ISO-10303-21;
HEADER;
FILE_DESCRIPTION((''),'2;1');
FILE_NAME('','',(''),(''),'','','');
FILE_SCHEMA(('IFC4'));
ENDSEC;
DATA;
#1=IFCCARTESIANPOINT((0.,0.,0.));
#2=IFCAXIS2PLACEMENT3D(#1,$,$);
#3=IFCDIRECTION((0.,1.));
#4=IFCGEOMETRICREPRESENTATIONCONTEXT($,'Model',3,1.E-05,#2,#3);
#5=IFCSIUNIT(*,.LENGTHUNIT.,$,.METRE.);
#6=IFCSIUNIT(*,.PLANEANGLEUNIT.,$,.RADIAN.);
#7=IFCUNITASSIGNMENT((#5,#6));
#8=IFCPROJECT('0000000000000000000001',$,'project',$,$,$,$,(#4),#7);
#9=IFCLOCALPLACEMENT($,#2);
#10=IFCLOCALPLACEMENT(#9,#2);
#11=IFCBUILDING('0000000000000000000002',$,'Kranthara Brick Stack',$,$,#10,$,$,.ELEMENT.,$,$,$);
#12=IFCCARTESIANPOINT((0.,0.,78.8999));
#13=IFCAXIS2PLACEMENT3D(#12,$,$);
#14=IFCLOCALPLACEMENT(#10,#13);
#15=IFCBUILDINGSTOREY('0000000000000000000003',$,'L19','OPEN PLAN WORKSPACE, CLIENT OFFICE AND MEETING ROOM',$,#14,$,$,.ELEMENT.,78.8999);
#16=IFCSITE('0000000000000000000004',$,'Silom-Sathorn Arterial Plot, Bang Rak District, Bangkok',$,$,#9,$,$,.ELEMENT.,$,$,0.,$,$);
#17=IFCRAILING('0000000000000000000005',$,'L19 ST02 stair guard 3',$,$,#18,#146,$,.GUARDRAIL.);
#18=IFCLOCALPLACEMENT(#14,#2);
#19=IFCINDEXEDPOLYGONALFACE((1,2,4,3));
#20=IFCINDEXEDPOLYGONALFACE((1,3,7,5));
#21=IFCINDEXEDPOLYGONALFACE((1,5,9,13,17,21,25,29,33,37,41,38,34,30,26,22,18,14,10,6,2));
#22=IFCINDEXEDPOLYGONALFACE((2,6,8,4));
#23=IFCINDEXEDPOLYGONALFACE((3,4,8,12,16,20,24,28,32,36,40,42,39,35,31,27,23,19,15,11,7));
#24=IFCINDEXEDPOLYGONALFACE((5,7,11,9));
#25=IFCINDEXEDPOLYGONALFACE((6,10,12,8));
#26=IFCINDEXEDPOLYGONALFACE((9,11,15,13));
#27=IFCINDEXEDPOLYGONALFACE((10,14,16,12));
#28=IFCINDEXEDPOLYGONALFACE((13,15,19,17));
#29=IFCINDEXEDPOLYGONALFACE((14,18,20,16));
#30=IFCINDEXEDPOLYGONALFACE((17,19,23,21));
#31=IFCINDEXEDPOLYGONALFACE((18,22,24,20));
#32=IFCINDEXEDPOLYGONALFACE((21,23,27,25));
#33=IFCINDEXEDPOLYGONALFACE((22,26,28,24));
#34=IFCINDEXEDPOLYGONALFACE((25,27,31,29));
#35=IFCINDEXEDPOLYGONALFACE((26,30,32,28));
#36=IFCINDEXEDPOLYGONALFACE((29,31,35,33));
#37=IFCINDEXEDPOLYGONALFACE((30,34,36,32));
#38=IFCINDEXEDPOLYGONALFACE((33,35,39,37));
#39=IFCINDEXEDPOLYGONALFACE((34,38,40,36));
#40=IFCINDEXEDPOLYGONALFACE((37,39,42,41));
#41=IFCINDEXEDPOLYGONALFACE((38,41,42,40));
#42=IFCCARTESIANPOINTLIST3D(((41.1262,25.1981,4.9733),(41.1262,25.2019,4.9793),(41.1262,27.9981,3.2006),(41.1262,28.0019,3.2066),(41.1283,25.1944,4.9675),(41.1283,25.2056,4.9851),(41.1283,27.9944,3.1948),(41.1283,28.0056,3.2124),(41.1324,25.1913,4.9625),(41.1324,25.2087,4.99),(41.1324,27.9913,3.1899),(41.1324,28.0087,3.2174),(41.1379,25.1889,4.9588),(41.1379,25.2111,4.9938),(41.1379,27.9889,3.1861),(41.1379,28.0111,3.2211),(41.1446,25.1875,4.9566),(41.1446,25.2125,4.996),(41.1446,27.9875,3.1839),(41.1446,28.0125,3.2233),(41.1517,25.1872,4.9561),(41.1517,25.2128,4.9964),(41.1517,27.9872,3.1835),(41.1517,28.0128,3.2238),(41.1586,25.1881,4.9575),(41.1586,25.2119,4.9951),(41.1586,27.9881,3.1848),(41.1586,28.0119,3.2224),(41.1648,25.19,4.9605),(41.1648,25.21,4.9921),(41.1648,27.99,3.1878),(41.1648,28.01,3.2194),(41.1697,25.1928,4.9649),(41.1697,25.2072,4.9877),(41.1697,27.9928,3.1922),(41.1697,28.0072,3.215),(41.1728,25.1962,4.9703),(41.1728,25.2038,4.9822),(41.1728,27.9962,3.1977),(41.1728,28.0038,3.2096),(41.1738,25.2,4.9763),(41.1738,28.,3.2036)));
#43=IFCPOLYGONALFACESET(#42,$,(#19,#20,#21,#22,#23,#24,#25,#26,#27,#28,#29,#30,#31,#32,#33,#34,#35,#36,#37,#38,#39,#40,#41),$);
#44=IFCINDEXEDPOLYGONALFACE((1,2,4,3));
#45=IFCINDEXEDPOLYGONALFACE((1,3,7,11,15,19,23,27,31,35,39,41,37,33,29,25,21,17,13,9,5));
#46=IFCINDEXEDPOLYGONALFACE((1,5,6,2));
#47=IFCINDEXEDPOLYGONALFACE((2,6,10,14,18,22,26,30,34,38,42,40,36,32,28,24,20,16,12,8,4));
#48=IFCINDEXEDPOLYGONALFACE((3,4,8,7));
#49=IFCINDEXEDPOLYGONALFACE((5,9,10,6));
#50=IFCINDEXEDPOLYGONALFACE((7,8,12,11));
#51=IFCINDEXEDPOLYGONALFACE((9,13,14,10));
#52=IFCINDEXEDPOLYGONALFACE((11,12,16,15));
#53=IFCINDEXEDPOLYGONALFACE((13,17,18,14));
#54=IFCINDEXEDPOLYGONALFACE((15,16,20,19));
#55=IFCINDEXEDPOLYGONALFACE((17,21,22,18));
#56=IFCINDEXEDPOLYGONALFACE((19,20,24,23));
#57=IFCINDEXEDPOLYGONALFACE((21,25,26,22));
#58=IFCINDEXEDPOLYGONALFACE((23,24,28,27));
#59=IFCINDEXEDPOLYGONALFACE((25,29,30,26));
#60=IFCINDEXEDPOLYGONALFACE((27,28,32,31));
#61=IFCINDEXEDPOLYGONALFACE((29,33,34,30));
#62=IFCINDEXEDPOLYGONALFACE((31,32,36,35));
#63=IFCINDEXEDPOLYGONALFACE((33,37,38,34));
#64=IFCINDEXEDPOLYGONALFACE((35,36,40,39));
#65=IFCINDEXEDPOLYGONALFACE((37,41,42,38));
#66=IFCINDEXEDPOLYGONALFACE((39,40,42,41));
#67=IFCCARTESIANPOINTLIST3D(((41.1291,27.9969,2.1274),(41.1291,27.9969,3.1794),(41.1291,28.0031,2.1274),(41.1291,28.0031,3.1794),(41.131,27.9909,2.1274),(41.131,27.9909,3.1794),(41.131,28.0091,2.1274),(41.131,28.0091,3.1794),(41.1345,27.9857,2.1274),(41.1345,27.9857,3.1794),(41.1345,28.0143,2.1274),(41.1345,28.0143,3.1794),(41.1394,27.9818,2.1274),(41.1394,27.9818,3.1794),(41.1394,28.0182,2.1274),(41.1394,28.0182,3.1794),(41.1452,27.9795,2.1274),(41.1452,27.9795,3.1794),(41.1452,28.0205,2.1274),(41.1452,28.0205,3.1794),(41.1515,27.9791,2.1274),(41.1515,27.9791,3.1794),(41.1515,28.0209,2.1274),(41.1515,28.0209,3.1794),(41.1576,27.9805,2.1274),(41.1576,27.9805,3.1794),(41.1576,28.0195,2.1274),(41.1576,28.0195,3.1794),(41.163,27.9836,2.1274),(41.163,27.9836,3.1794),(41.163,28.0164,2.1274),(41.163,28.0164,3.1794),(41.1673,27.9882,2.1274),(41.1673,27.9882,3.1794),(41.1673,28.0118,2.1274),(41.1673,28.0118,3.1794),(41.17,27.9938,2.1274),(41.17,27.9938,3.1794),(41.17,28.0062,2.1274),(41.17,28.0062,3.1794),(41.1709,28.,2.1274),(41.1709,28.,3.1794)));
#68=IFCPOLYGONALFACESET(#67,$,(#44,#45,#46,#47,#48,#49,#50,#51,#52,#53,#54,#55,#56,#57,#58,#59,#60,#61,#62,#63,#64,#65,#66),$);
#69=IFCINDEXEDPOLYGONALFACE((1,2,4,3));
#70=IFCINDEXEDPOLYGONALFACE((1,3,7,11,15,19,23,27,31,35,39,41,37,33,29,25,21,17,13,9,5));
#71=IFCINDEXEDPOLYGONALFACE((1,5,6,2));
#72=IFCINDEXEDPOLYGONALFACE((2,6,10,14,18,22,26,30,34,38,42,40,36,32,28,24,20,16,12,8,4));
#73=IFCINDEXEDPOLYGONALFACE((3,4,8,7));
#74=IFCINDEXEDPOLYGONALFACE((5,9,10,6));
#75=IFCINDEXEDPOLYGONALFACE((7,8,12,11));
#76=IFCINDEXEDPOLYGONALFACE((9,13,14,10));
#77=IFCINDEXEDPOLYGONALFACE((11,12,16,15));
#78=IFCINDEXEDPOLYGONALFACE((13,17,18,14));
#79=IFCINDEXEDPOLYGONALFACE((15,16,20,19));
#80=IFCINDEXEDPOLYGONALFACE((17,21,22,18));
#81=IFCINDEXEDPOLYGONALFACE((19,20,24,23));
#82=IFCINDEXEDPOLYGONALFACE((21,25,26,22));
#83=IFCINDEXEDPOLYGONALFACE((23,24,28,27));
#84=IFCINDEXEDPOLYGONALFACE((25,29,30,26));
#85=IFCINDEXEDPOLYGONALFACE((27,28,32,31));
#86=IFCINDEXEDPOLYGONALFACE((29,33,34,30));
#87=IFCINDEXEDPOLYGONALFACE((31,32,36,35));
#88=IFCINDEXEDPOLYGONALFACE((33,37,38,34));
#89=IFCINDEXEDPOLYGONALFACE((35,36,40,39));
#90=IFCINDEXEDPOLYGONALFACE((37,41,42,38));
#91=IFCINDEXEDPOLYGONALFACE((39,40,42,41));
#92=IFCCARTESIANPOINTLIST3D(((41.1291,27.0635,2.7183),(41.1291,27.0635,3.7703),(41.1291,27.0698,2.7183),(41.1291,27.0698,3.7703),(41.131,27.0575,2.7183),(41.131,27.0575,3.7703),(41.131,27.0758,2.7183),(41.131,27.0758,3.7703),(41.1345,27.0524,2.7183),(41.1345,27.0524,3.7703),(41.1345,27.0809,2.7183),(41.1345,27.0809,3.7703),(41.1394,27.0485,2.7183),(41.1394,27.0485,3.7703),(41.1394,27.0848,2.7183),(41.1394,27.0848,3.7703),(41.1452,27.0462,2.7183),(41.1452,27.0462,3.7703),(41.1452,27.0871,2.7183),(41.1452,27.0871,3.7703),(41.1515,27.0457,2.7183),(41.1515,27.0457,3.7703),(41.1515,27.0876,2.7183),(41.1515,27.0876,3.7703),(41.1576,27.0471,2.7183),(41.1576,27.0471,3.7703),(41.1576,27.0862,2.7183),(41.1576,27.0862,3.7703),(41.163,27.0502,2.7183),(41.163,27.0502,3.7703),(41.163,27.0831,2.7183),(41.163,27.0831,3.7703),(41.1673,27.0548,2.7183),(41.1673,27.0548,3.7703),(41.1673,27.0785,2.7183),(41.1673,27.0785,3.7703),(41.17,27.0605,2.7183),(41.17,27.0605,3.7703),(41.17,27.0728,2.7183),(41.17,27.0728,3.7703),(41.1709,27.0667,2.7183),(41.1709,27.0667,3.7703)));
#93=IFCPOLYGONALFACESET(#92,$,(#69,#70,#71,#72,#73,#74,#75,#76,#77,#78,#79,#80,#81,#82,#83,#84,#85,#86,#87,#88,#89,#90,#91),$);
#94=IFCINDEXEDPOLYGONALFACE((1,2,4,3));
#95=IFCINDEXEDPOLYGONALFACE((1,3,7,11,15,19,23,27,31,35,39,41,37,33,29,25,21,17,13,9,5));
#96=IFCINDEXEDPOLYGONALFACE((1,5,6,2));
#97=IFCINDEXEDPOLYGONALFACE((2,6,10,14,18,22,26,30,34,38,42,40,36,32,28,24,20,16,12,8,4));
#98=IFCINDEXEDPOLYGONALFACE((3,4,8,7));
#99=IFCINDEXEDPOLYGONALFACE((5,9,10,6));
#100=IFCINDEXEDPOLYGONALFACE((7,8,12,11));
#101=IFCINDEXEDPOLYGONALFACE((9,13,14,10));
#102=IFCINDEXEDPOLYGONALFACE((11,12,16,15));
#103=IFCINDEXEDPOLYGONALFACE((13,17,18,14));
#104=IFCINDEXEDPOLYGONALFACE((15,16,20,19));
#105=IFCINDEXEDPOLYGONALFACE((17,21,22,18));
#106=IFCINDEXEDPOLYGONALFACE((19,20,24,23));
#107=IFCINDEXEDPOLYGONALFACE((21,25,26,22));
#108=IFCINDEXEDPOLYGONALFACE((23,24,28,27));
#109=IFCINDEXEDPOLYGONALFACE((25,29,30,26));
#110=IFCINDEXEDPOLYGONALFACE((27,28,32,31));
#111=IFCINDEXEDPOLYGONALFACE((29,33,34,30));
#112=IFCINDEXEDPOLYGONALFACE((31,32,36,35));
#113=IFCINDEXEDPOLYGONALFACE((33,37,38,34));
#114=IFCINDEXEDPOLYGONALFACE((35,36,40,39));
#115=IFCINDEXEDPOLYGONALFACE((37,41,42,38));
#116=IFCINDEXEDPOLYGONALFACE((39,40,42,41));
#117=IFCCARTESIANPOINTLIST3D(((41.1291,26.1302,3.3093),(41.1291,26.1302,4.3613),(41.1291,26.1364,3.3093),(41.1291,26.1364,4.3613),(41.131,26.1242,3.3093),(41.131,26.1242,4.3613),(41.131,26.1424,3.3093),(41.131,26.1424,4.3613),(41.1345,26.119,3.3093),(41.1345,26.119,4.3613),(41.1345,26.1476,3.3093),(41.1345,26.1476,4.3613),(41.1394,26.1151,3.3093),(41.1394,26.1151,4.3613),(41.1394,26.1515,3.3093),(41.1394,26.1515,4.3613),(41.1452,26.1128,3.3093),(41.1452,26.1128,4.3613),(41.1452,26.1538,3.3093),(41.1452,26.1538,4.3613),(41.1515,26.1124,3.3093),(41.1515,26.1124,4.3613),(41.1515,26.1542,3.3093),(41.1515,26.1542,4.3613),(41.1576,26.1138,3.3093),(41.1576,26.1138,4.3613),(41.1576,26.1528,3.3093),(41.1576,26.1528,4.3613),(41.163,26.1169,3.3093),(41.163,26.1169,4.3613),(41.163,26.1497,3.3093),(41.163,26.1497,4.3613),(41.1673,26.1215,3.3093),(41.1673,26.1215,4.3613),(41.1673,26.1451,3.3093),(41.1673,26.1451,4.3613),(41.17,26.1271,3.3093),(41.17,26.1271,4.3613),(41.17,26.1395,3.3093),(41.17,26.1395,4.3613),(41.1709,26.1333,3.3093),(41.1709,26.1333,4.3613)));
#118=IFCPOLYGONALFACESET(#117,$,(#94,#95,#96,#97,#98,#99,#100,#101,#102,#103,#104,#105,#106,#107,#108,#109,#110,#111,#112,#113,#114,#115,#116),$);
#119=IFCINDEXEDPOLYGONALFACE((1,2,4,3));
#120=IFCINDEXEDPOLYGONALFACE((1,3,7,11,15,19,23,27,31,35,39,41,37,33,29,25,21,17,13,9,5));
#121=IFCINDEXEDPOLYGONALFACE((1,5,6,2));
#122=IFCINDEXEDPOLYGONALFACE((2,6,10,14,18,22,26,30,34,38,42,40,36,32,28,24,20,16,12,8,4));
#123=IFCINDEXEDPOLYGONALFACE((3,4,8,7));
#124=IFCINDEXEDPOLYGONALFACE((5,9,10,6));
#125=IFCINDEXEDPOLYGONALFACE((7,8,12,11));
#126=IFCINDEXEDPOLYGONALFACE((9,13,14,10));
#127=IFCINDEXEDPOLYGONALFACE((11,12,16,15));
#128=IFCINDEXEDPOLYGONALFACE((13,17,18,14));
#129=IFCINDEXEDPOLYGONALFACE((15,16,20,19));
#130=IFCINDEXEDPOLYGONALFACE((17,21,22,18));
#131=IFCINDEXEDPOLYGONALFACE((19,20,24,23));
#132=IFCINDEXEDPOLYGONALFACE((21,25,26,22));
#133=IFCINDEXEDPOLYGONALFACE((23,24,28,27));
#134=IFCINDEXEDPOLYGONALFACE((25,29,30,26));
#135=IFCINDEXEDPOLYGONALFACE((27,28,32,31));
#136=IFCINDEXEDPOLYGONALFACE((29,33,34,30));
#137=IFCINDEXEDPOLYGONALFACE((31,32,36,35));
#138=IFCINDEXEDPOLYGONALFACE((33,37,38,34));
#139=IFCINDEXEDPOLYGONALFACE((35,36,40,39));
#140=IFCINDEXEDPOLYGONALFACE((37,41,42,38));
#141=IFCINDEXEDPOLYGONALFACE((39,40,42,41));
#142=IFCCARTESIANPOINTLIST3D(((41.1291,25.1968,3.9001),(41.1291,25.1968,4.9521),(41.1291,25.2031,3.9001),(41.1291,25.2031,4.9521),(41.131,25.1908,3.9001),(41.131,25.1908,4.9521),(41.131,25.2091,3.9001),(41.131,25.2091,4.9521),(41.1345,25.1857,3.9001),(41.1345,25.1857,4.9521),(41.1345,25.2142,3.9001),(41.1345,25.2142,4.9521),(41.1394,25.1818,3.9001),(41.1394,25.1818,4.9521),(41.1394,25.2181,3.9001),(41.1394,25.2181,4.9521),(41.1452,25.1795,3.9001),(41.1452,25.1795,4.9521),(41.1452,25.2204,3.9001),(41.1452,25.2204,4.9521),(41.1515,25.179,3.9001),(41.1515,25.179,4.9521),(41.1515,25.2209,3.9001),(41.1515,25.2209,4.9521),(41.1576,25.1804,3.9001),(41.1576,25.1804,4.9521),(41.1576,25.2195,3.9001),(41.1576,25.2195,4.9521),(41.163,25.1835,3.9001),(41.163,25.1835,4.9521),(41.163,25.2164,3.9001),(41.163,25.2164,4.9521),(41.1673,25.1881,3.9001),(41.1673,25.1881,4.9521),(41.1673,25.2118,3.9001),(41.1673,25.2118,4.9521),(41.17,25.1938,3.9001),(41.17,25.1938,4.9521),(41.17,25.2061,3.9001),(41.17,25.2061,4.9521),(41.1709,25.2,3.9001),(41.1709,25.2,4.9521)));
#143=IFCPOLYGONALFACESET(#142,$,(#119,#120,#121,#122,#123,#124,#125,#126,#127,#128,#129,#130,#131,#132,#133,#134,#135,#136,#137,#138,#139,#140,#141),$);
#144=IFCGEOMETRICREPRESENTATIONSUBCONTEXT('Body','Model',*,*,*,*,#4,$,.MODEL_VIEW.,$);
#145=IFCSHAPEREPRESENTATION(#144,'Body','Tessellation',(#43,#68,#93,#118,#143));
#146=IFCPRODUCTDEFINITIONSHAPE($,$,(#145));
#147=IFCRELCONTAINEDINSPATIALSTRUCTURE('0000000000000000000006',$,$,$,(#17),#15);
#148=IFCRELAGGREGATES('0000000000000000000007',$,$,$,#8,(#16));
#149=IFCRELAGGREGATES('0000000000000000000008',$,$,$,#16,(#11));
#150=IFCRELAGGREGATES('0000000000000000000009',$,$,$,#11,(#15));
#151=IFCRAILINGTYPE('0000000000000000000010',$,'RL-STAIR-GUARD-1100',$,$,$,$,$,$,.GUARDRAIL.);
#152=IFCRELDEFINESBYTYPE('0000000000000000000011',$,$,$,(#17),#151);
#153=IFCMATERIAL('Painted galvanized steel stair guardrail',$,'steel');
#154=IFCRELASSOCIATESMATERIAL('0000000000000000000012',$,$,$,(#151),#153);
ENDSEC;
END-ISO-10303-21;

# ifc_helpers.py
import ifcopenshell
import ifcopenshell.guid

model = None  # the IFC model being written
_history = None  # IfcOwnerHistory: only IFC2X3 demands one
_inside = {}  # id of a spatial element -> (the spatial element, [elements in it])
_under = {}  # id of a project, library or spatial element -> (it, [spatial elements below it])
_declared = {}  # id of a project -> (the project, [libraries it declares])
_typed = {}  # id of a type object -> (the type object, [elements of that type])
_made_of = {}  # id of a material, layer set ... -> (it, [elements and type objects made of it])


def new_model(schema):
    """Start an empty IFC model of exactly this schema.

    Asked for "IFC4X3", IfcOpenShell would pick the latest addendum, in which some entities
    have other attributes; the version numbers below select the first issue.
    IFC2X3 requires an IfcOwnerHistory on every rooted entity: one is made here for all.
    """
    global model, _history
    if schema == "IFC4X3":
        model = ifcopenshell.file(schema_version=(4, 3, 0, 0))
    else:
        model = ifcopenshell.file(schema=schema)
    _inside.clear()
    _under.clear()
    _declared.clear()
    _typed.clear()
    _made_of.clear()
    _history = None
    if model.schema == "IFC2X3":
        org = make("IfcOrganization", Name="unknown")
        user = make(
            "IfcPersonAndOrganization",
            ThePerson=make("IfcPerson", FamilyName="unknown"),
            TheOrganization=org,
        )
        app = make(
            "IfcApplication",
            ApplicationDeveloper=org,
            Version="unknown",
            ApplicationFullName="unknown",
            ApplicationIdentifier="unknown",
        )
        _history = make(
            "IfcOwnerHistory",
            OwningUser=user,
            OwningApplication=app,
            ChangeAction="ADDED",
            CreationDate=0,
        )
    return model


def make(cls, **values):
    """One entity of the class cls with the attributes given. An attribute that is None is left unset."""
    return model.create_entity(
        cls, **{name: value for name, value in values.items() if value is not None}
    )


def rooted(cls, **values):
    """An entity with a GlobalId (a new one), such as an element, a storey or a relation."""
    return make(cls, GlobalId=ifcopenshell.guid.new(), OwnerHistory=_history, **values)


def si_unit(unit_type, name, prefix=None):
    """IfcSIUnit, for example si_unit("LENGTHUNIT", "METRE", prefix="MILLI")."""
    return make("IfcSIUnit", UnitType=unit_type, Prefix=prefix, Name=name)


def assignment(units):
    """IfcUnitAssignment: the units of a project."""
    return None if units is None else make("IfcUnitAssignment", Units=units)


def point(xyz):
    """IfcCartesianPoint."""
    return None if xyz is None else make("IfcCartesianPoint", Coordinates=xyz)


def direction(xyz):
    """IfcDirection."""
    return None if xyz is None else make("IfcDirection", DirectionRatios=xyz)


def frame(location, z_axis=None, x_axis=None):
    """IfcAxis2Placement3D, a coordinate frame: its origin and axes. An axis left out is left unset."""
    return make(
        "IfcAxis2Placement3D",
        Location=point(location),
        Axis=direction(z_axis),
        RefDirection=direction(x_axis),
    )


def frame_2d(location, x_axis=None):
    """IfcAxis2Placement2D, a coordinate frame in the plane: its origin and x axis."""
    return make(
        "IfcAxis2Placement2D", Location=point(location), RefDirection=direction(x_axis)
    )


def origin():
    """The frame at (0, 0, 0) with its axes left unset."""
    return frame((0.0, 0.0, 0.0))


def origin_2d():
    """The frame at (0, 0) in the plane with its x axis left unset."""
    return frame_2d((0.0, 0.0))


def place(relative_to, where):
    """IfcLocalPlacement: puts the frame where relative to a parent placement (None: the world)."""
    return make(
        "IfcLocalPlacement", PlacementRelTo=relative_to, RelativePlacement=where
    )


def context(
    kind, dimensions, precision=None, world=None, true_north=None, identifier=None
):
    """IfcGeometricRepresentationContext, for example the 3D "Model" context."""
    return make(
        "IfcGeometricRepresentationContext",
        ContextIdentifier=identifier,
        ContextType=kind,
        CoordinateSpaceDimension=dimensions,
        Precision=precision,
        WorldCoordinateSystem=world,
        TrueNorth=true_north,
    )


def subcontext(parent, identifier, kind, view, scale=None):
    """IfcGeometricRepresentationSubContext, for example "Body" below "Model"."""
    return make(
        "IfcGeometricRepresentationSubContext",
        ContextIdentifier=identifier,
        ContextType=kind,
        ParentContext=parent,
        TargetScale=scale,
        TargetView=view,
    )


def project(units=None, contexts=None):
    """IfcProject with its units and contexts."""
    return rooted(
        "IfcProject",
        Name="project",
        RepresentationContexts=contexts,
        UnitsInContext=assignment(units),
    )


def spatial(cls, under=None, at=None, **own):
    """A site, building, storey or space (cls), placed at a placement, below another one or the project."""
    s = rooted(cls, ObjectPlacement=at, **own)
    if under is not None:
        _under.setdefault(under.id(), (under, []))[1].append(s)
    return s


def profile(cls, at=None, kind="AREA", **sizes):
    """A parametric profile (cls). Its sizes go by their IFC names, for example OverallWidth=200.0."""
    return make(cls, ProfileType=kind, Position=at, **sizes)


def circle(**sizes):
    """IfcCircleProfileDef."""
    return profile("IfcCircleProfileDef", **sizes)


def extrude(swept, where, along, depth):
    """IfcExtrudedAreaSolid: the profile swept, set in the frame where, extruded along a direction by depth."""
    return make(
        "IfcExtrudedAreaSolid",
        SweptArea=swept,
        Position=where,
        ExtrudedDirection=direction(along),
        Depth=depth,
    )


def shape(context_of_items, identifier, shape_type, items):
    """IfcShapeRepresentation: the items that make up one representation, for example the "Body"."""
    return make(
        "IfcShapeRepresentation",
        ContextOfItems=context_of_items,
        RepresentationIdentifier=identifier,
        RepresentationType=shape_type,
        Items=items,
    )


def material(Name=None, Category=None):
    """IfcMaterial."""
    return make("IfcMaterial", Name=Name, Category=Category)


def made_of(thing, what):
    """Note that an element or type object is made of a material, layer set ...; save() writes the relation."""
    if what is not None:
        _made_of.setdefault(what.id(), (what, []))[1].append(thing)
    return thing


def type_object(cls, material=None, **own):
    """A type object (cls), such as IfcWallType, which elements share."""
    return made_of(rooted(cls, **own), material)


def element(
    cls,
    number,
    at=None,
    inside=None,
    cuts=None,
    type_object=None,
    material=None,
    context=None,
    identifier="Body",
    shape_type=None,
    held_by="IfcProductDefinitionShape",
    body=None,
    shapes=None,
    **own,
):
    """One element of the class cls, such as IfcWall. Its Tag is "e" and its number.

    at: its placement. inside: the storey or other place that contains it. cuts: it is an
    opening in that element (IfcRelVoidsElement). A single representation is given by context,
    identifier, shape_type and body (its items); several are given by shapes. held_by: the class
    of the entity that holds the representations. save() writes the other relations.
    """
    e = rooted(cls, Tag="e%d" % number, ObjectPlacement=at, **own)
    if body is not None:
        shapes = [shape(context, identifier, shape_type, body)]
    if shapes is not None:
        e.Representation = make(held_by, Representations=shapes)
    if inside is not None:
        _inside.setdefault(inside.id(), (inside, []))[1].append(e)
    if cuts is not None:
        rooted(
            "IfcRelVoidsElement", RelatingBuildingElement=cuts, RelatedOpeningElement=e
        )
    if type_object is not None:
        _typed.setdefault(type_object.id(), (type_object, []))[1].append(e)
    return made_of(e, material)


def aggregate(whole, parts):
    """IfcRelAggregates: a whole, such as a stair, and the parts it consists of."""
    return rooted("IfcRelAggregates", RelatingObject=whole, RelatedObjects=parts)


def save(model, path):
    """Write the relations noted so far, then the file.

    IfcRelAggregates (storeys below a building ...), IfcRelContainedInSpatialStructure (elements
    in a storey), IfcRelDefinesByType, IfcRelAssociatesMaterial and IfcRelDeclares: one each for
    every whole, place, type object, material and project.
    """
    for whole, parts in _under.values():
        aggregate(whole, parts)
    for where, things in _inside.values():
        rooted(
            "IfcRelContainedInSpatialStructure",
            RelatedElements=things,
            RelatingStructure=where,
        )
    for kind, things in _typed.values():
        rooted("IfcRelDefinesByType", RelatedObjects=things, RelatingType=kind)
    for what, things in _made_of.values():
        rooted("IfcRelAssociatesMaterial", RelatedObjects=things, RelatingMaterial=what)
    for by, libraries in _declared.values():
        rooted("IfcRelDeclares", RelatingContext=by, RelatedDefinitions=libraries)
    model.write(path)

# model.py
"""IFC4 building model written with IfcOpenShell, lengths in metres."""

from ifc_helpers import new_model, si_unit, direction, frame, origin, origin_2d, place, context, subcontext, project, spatial, circle, extrude, material, type_object, element, save


model = new_model("IFC4")

# Units and contexts
model_context = context("Model", 3, precision=1e-05, world=origin(), true_north=direction((0.0, 1.0)))
body_context = subcontext(model_context, "Body", "Model", "MODEL_VIEW")
ifc_project = project(units=[si_unit("LENGTHUNIT", "METRE"), si_unit("PLANEANGLEUNIT", "RADIAN")], contexts=[model_context])

# Site, building, storey
site_placement = place(None, origin())
site = spatial("IfcSite", under=ifc_project, at=site_placement, Name="Silom-Sathorn Arterial Plot, Bang Rak District, Bangkok", CompositionType="ELEMENT", RefElevation=0.0)
building_placement = place(site_placement, origin())
building = spatial("IfcBuilding", under=site, at=building_placement, Name="Kranthara Brick Stack", CompositionType="ELEMENT")
storey_placement = place(building_placement, frame((0.0, 0.0, 78.8999)))
storey = spatial("IfcBuildingStorey", under=building, at=storey_placement, Name="L19", Description="OPEN PLAN WORKSPACE, CLIENT OFFICE AND MEETING ROOM", CompositionType="ELEMENT", Elevation=78.8999)

# Railing
ifc_material_1 = material(Name="Painted galvanized steel stair guardrail", Category="steel")
railing_type_1 = type_object("IfcRailingType", Name="RL-STAIR-GUARD-1100", PredefinedType="GUARDRAIL", material=ifc_material_1)
railing_1_placement = place(storey_placement, frame((41.1499, 28.0, 2.1274)))
element("IfcRailing", 1, at=railing_1_placement, inside=storey, type_object=railing_type_1, Name="L19 ST02 stair guard 3", PredefinedType="GUARDRAIL", context=body_context, shape_type="SweptSolid", body=[
    extrude(circle(Radius=0.0239, at=origin_2d()), frame((0.0, 0.0, 1.0762), z_axis=(0.0, -0.844909, 0.53491), x_axis=(1.0, 0.0, 0.0)), (0.0, 0.0, 1.0), 3.314),
    extrude(circle(Radius=0.021, at=origin_2d()), origin(), (0.0, 0.0, 1.0), 1.052),
    extrude(circle(Radius=0.021, at=origin_2d()), frame((0.0, -0.9333, 0.5908)), (0.0, 0.0, 1.0), 1.052),
    extrude(circle(Radius=0.021, at=origin_2d()), frame((0.0, -1.8667, 1.1819)), (0.0, 0.0, 1.0), 1.052),
    extrude(circle(Radius=0.021, at=origin_2d()), frame((0.0, -2.8, 1.7727)), (0.0, 0.0, 1.0), 1.052),
])

save(model, "model.ifc")
